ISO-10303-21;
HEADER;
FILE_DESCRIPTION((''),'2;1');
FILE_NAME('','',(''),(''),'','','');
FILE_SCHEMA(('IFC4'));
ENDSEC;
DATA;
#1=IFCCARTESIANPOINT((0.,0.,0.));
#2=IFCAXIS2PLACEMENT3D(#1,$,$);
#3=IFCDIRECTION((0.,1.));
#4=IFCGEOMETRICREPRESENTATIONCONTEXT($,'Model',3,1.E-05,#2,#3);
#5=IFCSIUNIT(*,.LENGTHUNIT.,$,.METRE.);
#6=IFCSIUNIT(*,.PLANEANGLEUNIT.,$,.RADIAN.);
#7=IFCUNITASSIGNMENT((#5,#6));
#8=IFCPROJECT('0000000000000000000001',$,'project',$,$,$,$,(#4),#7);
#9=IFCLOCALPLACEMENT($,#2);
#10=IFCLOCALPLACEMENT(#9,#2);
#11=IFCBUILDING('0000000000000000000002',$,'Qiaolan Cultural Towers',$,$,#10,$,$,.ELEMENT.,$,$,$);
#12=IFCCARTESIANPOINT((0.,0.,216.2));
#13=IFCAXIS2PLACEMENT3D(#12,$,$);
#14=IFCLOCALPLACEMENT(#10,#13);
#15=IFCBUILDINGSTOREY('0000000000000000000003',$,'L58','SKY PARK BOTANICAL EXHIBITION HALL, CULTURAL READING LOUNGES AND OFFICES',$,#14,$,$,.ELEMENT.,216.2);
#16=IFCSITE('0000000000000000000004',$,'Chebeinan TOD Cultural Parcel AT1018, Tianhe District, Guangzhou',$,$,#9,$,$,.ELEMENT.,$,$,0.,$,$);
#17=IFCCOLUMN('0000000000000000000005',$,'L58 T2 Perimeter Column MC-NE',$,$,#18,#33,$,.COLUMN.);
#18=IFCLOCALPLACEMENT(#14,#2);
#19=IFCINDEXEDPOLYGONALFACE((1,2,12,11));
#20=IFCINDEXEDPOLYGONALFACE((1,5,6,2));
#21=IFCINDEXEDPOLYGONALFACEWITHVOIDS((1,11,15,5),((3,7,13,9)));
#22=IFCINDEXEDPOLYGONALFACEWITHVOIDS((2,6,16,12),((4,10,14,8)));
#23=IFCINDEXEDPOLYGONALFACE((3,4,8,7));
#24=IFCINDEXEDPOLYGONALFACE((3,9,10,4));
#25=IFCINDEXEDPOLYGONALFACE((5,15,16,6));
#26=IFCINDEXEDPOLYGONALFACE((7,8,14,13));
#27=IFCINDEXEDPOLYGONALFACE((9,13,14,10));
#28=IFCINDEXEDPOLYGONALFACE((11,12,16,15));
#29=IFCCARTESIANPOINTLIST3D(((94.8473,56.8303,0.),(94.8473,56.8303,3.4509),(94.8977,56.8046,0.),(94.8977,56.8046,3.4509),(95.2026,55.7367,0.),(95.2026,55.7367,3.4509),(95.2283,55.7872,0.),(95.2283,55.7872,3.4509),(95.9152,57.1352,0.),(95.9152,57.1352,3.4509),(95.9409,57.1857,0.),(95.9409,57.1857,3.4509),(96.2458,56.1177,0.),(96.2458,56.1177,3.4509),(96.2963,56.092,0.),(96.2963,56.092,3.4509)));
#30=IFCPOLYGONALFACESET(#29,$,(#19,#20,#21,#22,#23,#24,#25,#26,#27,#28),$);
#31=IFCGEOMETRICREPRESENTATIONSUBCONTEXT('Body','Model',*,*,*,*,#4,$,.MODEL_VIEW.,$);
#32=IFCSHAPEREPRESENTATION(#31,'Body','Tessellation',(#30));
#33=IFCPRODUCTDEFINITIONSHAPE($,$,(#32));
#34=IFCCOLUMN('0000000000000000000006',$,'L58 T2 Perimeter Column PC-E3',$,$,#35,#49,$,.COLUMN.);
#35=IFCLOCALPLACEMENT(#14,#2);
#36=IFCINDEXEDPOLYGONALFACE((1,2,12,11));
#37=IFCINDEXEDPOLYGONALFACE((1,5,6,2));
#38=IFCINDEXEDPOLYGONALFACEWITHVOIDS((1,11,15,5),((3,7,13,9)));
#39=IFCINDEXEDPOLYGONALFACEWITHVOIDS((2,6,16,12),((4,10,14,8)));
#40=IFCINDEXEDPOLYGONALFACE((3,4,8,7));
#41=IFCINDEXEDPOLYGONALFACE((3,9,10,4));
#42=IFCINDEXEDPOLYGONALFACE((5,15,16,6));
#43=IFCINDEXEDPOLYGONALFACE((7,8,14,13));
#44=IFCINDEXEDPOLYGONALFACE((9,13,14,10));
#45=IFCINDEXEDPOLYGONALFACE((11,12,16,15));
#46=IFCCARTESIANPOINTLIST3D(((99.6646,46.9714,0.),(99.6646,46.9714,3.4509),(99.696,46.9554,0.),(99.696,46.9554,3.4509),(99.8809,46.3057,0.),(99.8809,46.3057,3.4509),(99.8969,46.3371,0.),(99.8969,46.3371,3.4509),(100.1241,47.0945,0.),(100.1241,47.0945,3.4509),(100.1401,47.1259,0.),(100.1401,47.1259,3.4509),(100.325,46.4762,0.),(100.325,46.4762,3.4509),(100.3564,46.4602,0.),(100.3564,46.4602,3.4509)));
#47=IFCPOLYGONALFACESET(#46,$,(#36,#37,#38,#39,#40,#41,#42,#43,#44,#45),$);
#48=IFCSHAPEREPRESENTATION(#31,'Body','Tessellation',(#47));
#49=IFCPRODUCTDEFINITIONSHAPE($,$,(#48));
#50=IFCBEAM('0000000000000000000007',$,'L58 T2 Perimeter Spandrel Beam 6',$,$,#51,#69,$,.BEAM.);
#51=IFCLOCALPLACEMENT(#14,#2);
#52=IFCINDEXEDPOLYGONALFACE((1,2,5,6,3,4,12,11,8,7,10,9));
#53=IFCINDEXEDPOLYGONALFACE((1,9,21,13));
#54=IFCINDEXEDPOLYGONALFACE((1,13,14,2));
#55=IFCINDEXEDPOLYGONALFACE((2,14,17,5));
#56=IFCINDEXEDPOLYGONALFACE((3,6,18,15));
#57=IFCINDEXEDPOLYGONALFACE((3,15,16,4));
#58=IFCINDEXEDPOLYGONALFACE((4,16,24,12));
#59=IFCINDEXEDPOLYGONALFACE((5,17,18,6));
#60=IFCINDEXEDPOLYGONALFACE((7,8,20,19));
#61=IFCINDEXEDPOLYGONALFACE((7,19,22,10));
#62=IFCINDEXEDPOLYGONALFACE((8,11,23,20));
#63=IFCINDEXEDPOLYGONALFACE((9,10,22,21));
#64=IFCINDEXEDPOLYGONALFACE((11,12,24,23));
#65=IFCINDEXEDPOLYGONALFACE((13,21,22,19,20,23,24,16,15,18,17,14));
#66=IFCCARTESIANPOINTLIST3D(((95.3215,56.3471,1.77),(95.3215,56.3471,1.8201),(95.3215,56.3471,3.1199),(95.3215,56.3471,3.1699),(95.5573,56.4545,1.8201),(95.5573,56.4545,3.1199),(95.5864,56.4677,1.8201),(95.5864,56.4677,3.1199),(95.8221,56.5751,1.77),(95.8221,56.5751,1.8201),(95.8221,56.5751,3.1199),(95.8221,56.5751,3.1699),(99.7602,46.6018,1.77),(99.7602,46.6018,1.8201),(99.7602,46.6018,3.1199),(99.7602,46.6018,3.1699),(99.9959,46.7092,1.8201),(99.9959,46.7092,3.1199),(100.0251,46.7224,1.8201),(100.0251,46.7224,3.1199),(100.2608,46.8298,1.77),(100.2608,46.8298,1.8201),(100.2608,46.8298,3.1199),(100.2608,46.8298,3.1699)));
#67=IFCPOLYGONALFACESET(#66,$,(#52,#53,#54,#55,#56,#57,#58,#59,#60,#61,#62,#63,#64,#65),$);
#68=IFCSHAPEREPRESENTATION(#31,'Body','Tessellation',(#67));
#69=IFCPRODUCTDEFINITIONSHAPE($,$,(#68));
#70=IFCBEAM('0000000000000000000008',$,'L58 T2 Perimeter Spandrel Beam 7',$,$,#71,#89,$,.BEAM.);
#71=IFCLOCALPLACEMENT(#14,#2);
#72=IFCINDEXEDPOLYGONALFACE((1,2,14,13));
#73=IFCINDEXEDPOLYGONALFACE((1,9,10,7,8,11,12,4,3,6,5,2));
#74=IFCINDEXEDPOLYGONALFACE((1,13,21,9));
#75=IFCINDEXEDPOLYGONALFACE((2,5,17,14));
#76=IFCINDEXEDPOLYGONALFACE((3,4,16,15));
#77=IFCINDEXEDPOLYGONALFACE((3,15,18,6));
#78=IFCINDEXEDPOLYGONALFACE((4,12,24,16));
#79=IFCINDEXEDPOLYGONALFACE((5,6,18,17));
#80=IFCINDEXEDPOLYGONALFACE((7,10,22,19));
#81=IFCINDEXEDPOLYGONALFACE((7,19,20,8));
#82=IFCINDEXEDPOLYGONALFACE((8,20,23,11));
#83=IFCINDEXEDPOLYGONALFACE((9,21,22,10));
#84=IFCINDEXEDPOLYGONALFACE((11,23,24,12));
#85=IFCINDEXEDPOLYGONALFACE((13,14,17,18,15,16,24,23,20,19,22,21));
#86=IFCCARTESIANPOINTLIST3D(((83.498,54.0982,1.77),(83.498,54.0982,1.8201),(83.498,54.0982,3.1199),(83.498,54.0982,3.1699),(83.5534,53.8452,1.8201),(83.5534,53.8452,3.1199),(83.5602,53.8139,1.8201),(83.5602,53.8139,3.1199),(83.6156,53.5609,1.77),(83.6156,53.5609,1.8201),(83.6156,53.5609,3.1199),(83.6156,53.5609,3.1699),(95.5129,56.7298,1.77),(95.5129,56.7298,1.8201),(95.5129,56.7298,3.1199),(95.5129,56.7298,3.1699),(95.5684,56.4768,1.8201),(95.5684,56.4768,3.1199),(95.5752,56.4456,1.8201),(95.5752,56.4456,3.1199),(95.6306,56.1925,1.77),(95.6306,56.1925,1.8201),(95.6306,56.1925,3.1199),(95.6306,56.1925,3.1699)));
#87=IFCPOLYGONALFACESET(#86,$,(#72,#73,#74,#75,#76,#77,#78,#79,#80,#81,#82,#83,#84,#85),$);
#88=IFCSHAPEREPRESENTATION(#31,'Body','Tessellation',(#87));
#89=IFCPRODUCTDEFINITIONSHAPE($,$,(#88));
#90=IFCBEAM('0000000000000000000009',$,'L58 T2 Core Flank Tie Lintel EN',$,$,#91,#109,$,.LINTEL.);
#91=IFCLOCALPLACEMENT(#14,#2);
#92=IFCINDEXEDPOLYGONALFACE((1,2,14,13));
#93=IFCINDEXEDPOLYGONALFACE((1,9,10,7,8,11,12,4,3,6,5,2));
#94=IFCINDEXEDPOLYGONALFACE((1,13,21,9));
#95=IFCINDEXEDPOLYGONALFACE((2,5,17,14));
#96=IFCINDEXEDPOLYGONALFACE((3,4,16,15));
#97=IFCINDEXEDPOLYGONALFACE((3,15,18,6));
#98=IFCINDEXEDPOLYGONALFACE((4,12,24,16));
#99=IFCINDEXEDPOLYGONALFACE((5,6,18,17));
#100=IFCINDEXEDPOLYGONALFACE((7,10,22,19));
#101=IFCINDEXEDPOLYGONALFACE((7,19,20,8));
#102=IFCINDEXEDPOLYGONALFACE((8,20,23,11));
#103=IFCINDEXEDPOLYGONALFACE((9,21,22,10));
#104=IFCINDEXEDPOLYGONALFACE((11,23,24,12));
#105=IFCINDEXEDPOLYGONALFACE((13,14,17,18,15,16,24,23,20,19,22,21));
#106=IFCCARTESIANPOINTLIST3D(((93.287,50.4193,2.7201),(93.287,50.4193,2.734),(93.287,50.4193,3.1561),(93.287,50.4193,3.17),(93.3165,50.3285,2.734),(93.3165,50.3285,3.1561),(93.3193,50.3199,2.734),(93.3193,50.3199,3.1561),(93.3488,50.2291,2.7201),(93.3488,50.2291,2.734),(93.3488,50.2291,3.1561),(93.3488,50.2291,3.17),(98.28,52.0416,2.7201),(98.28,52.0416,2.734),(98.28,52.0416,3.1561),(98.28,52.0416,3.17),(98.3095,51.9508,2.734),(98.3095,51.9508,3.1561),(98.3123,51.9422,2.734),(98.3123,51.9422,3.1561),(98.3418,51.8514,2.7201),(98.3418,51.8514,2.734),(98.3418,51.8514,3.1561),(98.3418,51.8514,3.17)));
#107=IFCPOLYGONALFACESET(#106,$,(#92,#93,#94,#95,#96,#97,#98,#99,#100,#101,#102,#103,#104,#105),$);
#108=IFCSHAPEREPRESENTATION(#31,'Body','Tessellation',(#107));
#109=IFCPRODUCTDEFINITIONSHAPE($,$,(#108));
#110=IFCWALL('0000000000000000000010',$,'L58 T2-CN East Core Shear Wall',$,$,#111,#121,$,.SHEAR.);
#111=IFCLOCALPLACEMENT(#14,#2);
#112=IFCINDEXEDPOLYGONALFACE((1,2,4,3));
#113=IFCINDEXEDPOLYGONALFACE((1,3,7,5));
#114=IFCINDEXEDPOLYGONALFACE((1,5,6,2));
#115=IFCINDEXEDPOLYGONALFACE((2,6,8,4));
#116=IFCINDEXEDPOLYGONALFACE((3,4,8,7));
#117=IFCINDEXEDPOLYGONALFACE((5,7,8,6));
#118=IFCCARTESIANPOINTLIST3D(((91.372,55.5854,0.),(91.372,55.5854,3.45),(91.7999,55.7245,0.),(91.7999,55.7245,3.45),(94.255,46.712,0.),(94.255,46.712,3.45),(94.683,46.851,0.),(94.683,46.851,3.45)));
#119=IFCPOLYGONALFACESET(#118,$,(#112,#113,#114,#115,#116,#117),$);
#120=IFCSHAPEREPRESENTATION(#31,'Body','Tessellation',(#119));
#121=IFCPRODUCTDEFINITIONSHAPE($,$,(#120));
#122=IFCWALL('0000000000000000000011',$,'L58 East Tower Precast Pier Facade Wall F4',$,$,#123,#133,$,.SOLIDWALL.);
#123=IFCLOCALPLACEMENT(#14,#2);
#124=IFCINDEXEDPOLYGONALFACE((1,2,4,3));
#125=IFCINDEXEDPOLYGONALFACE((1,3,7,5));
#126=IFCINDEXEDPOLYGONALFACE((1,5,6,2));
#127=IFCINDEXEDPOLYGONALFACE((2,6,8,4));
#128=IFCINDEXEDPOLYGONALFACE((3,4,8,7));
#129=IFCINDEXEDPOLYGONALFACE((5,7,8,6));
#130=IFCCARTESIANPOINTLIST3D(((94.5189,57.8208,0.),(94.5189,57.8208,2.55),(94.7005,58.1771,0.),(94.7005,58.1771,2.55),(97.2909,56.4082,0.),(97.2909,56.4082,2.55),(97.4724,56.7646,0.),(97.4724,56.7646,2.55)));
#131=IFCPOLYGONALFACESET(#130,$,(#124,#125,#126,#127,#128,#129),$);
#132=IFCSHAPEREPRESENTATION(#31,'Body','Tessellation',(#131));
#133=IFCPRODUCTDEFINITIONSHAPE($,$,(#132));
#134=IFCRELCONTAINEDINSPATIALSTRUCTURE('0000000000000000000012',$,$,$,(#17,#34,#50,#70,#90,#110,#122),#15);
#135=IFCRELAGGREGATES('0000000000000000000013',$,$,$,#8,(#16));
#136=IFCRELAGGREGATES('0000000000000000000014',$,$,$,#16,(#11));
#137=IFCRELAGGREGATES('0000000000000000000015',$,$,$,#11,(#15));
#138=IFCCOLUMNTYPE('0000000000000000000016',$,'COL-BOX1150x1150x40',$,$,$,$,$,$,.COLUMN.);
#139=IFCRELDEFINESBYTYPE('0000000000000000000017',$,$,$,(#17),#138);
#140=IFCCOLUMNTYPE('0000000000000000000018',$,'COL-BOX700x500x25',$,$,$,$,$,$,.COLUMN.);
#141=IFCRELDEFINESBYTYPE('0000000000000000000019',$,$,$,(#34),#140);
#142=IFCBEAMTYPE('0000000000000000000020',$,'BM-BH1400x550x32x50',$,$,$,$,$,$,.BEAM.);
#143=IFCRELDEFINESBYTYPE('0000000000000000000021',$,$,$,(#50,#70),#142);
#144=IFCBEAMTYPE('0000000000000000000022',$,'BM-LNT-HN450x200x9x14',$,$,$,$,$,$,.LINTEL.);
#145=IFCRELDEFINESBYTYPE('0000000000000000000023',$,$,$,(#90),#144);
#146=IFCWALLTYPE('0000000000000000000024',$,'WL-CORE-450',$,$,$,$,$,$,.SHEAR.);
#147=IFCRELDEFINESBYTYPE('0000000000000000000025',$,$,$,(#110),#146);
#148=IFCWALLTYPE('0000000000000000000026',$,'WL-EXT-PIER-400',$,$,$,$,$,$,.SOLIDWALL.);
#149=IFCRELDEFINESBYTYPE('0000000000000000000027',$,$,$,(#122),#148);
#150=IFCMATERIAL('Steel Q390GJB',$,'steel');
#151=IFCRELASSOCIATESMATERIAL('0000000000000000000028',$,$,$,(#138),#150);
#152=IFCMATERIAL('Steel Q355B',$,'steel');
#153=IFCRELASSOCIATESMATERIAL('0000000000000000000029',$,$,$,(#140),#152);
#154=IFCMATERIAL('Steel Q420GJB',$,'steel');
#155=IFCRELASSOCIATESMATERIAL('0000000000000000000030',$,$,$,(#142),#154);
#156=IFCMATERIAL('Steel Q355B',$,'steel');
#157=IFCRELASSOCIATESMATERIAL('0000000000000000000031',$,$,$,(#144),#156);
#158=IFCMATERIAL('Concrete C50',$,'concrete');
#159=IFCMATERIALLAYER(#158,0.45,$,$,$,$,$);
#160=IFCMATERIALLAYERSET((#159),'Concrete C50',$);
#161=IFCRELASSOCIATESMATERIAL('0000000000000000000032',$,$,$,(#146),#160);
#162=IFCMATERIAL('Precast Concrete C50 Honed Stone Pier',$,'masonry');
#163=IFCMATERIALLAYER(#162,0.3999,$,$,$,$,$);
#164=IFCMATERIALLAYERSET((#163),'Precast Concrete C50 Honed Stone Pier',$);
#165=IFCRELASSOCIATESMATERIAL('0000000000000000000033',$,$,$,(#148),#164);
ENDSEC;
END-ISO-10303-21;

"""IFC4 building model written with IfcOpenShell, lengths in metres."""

from ifc_helpers import new_model, si_unit, direction, frame, frame_2d, origin, origin_2d, place, context, subcontext, project, spatial, rectangle, hollow_rectangle, i_section, extrude, material, layer, layer_set, material_profile, profile_set, type_object, element, save


model = new_model("IFC4")

# Units and contexts
model_context = context("Model", 3, precision=1e-05, world=origin(), true_north=direction((0.0, 1.0)))
body_context = subcontext(model_context, "Body", "Model", "MODEL_VIEW")
ifc_project = project(units=[si_unit("LENGTHUNIT", "METRE"), si_unit("PLANEANGLEUNIT", "RADIAN")], contexts=[model_context])

# Site, building, storey
site_placement = place(None, origin())
site = spatial("IfcSite", under=ifc_project, at=site_placement, Name="Chebeinan TOD Cultural Parcel AT1018, Tianhe District, Guangzhou", CompositionType="ELEMENT", RefElevation=0.0)
building_placement = place(site_placement, origin())
building = spatial("IfcBuilding", under=site, at=building_placement, Name="Qiaolan Cultural Towers", CompositionType="ELEMENT")
storey_placement = place(building_placement, frame((0.0, 0.0, 216.2)))
storey = spatial("IfcBuildingStorey", under=building, at=storey_placement, Name="L58", Description="SKY PARK BOTANICAL EXHIBITION HALL, CULTURAL READING LOUNGES AND OFFICES", CompositionType="ELEMENT", Elevation=216.2)

# Columns
ifc_material_1 = material(Name="Steel Q390GJB", Category="steel")
ifc_material_profile_1 = material_profile(ifc_material_1, hollow_rectangle(XDim=1.1499, YDim=1.1499, WallThickness=0.04, at=origin_2d()), Name="BOX1150x1150x40")
ifc_profile_set_1 = profile_set([ifc_material_profile_1], Name="Steel Q390GJB")
column_type_1 = type_object("IfcColumnType", Name="COL-BOX1150x1150x40", PredefinedType="COLUMN", material=ifc_profile_set_1)
column_1_placement = place(storey_placement, frame((95.5718, 56.4612, 0.0), z_axis=(0.0, 0.0, 1.0), x_axis=(0.951057, 0.309017, 0.0)))
element("IfcColumn", 1, at=column_1_placement, inside=storey, type_object=column_type_1, Name="L58 T2 Perimeter Column MC-NE", PredefinedType="COLUMN", context=body_context, shape_type="SweptSolid", body=[
    extrude(hollow_rectangle(XDim=1.1499, YDim=1.1499, WallThickness=0.04, at=origin_2d()), origin(), (0.0, 0.0, 1.0), 3.4509),
])
ifc_material_2 = material(Name="Steel Q355B", Category="steel")
ifc_material_profile_2 = material_profile(ifc_material_2, hollow_rectangle(XDim=0.5, YDim=0.7, WallThickness=0.0249, at=origin_2d()), Name="BOX700x500x25")
ifc_profile_set_2 = profile_set([ifc_material_profile_2], Name="Steel Q355B")
column_type_2 = type_object("IfcColumnType", Name="COL-BOX700x500x25", PredefinedType="COLUMN", material=ifc_profile_set_2)
column_2_placement = place(storey_placement, frame((100.0105, 46.7158, 0.0), z_axis=(0.0, 0.0, 1.0), x_axis=(0.951057, 0.309017, 0.0)))
element("IfcColumn", 2, at=column_2_placement, inside=storey, type_object=column_type_2, Name="L58 T2 Perimeter Column PC-E3", PredefinedType="COLUMN", context=body_context, shape_type="SweptSolid", body=[
    extrude(hollow_rectangle(XDim=0.5, YDim=0.7, WallThickness=0.0249, at=origin_2d()), origin(), (0.0, 0.0, 1.0), 3.4509),
])

# Beams
ifc_material_3 = material(Name="Steel Q420GJB", Category="steel")
ifc_material_profile_3 = material_profile(ifc_material_3, i_section(OverallWidth=0.55, OverallDepth=1.3999, WebThickness=0.032, FlangeThickness=0.05, at=origin_2d()), Name="BH1400x550x32x50")
ifc_profile_set_3 = profile_set([ifc_material_profile_3], Name="Steel Q420GJB")
beam_type_1 = type_object("IfcBeamType", Name="BM-BH1400x550x32x50", PredefinedType="BEAM", material=ifc_profile_set_3)
beam_1_placement = place(storey_placement, frame((100.0105, 46.7158, 2.47), z_axis=(-0.4145, 0.910049, 0.0), x_axis=(-0.910049, -0.4145, 0.0)))
element("IfcBeam", 3, at=beam_1_placement, inside=storey, type_object=beam_type_1, Name="L58 T2 Perimeter Spandrel Beam 6", PredefinedType="BEAM", context=body_context, shape_type="SweptSolid", body=[
    extrude(i_section(OverallWidth=0.55, OverallDepth=1.3999, WebThickness=0.032, FlangeThickness=0.05, at=origin_2d()), origin(), (0.0, 0.0, 1.0), 10.7085),
])
beam_2_placement = place(storey_placement, frame((95.5718, 56.4612, 2.47), z_axis=(-0.976843, -0.213956, 0.0), x_axis=(0.213956, -0.976843, 0.0)))
element("IfcBeam", 4, at=beam_2_placement, inside=storey, type_object=beam_type_1, Name="L58 T2 Perimeter Spandrel Beam 7", PredefinedType="BEAM", context=body_context, shape_type="SweptSolid", body=[
    extrude(i_section(OverallWidth=0.55, OverallDepth=1.3999, WebThickness=0.032, FlangeThickness=0.05, at=origin_2d()), origin(), (0.0, 0.0, 1.0), 12.2998),
])
ifc_material_4 = material(Name="Steel Q355B", Category="steel")
ifc_material_profile_4 = material_profile(ifc_material_4, i_section(OverallWidth=0.2, OverallDepth=0.45, WebThickness=0.009, FlangeThickness=0.0139, at=origin_2d()), Name="HN450x200x9x14")
ifc_profile_set_4 = profile_set([ifc_material_profile_4], Name="Steel Q355B")
beam_type_2 = type_object("IfcBeamType", Name="BM-LNT-HN450x200x9x14", PredefinedType="LINTEL", material=ifc_profile_set_4)
beam_3_placement = place(storey_placement, frame((93.3179, 50.3242, 2.9451), z_axis=(0.95106, 0.309006, 0.0), x_axis=(-0.309006, 0.95106, 0.0)))
element("IfcBeam", 5, at=beam_3_placement, inside=storey, type_object=beam_type_2, Name="L58 T2 Core Flank Tie Lintel EN", PredefinedType="LINTEL", context=body_context, shape_type="SweptSolid", body=[
    extrude(i_section(OverallWidth=0.2, OverallDepth=0.45, WebThickness=0.009, FlangeThickness=0.0139, at=origin_2d()), origin(), (0.0, 0.0, 1.0), 5.25),
])

# Walls
ifc_material_5 = material(Name="Concrete C50", Category="concrete")
ifc_layer_1 = layer(ifc_material_5, 0.45)
ifc_layer_set_1 = layer_set([ifc_layer_1], Name="Concrete C50")
wall_type_1 = type_object("IfcWallType", Name="WL-CORE-450", PredefinedType="SHEAR", material=ifc_layer_set_1)
wall_1_placement = place(storey_placement, frame((94.469, 46.7815, 0.0), z_axis=(0.0, 0.0, 1.0), x_axis=(-0.309004, 0.951061, 0.0)))
element("IfcWall", 6, at=wall_1_placement, inside=storey, type_object=wall_type_1, Name="L58 T2-CN East Core Shear Wall", PredefinedType="SHEAR", context=body_context, shape_type="SweptSolid", body=[
    extrude(rectangle(XDim=9.3301, YDim=0.45, at=frame_2d((4.665, 0.0))), origin(), (0.0, 0.0, 1.0), 3.45),
])
ifc_material_6 = material(Name="Precast Concrete C50 Honed Stone Pier", Category="masonry")
ifc_layer_2 = layer(ifc_material_6, 0.3999)
ifc_layer_set_2 = layer_set([ifc_layer_2], Name="Precast Concrete C50 Honed Stone Pier")
wall_type_2 = type_object("IfcWallType", Name="WL-EXT-PIER-400", PredefinedType="SOLIDWALL", material=ifc_layer_set_2)
wall_2_placement = place(storey_placement, frame((94.6096, 57.999, 0.0), z_axis=(0.0, 0.0, 1.0), x_axis=(0.89098, -0.454043, 0.0)))
element("IfcWall", 7, at=wall_2_placement, inside=storey, type_object=wall_type_2, Name="L58 East Tower Precast Pier Facade Wall F4", PredefinedType="SOLIDWALL", context=body_context, shape_type="SweptSolid", body=[
    extrude(rectangle(XDim=3.1111, YDim=0.3999, at=frame_2d((1.5557, 0.0))), origin(), (0.0, 0.0, 1.0), 2.55),
])

save(model, "model.ifc")
